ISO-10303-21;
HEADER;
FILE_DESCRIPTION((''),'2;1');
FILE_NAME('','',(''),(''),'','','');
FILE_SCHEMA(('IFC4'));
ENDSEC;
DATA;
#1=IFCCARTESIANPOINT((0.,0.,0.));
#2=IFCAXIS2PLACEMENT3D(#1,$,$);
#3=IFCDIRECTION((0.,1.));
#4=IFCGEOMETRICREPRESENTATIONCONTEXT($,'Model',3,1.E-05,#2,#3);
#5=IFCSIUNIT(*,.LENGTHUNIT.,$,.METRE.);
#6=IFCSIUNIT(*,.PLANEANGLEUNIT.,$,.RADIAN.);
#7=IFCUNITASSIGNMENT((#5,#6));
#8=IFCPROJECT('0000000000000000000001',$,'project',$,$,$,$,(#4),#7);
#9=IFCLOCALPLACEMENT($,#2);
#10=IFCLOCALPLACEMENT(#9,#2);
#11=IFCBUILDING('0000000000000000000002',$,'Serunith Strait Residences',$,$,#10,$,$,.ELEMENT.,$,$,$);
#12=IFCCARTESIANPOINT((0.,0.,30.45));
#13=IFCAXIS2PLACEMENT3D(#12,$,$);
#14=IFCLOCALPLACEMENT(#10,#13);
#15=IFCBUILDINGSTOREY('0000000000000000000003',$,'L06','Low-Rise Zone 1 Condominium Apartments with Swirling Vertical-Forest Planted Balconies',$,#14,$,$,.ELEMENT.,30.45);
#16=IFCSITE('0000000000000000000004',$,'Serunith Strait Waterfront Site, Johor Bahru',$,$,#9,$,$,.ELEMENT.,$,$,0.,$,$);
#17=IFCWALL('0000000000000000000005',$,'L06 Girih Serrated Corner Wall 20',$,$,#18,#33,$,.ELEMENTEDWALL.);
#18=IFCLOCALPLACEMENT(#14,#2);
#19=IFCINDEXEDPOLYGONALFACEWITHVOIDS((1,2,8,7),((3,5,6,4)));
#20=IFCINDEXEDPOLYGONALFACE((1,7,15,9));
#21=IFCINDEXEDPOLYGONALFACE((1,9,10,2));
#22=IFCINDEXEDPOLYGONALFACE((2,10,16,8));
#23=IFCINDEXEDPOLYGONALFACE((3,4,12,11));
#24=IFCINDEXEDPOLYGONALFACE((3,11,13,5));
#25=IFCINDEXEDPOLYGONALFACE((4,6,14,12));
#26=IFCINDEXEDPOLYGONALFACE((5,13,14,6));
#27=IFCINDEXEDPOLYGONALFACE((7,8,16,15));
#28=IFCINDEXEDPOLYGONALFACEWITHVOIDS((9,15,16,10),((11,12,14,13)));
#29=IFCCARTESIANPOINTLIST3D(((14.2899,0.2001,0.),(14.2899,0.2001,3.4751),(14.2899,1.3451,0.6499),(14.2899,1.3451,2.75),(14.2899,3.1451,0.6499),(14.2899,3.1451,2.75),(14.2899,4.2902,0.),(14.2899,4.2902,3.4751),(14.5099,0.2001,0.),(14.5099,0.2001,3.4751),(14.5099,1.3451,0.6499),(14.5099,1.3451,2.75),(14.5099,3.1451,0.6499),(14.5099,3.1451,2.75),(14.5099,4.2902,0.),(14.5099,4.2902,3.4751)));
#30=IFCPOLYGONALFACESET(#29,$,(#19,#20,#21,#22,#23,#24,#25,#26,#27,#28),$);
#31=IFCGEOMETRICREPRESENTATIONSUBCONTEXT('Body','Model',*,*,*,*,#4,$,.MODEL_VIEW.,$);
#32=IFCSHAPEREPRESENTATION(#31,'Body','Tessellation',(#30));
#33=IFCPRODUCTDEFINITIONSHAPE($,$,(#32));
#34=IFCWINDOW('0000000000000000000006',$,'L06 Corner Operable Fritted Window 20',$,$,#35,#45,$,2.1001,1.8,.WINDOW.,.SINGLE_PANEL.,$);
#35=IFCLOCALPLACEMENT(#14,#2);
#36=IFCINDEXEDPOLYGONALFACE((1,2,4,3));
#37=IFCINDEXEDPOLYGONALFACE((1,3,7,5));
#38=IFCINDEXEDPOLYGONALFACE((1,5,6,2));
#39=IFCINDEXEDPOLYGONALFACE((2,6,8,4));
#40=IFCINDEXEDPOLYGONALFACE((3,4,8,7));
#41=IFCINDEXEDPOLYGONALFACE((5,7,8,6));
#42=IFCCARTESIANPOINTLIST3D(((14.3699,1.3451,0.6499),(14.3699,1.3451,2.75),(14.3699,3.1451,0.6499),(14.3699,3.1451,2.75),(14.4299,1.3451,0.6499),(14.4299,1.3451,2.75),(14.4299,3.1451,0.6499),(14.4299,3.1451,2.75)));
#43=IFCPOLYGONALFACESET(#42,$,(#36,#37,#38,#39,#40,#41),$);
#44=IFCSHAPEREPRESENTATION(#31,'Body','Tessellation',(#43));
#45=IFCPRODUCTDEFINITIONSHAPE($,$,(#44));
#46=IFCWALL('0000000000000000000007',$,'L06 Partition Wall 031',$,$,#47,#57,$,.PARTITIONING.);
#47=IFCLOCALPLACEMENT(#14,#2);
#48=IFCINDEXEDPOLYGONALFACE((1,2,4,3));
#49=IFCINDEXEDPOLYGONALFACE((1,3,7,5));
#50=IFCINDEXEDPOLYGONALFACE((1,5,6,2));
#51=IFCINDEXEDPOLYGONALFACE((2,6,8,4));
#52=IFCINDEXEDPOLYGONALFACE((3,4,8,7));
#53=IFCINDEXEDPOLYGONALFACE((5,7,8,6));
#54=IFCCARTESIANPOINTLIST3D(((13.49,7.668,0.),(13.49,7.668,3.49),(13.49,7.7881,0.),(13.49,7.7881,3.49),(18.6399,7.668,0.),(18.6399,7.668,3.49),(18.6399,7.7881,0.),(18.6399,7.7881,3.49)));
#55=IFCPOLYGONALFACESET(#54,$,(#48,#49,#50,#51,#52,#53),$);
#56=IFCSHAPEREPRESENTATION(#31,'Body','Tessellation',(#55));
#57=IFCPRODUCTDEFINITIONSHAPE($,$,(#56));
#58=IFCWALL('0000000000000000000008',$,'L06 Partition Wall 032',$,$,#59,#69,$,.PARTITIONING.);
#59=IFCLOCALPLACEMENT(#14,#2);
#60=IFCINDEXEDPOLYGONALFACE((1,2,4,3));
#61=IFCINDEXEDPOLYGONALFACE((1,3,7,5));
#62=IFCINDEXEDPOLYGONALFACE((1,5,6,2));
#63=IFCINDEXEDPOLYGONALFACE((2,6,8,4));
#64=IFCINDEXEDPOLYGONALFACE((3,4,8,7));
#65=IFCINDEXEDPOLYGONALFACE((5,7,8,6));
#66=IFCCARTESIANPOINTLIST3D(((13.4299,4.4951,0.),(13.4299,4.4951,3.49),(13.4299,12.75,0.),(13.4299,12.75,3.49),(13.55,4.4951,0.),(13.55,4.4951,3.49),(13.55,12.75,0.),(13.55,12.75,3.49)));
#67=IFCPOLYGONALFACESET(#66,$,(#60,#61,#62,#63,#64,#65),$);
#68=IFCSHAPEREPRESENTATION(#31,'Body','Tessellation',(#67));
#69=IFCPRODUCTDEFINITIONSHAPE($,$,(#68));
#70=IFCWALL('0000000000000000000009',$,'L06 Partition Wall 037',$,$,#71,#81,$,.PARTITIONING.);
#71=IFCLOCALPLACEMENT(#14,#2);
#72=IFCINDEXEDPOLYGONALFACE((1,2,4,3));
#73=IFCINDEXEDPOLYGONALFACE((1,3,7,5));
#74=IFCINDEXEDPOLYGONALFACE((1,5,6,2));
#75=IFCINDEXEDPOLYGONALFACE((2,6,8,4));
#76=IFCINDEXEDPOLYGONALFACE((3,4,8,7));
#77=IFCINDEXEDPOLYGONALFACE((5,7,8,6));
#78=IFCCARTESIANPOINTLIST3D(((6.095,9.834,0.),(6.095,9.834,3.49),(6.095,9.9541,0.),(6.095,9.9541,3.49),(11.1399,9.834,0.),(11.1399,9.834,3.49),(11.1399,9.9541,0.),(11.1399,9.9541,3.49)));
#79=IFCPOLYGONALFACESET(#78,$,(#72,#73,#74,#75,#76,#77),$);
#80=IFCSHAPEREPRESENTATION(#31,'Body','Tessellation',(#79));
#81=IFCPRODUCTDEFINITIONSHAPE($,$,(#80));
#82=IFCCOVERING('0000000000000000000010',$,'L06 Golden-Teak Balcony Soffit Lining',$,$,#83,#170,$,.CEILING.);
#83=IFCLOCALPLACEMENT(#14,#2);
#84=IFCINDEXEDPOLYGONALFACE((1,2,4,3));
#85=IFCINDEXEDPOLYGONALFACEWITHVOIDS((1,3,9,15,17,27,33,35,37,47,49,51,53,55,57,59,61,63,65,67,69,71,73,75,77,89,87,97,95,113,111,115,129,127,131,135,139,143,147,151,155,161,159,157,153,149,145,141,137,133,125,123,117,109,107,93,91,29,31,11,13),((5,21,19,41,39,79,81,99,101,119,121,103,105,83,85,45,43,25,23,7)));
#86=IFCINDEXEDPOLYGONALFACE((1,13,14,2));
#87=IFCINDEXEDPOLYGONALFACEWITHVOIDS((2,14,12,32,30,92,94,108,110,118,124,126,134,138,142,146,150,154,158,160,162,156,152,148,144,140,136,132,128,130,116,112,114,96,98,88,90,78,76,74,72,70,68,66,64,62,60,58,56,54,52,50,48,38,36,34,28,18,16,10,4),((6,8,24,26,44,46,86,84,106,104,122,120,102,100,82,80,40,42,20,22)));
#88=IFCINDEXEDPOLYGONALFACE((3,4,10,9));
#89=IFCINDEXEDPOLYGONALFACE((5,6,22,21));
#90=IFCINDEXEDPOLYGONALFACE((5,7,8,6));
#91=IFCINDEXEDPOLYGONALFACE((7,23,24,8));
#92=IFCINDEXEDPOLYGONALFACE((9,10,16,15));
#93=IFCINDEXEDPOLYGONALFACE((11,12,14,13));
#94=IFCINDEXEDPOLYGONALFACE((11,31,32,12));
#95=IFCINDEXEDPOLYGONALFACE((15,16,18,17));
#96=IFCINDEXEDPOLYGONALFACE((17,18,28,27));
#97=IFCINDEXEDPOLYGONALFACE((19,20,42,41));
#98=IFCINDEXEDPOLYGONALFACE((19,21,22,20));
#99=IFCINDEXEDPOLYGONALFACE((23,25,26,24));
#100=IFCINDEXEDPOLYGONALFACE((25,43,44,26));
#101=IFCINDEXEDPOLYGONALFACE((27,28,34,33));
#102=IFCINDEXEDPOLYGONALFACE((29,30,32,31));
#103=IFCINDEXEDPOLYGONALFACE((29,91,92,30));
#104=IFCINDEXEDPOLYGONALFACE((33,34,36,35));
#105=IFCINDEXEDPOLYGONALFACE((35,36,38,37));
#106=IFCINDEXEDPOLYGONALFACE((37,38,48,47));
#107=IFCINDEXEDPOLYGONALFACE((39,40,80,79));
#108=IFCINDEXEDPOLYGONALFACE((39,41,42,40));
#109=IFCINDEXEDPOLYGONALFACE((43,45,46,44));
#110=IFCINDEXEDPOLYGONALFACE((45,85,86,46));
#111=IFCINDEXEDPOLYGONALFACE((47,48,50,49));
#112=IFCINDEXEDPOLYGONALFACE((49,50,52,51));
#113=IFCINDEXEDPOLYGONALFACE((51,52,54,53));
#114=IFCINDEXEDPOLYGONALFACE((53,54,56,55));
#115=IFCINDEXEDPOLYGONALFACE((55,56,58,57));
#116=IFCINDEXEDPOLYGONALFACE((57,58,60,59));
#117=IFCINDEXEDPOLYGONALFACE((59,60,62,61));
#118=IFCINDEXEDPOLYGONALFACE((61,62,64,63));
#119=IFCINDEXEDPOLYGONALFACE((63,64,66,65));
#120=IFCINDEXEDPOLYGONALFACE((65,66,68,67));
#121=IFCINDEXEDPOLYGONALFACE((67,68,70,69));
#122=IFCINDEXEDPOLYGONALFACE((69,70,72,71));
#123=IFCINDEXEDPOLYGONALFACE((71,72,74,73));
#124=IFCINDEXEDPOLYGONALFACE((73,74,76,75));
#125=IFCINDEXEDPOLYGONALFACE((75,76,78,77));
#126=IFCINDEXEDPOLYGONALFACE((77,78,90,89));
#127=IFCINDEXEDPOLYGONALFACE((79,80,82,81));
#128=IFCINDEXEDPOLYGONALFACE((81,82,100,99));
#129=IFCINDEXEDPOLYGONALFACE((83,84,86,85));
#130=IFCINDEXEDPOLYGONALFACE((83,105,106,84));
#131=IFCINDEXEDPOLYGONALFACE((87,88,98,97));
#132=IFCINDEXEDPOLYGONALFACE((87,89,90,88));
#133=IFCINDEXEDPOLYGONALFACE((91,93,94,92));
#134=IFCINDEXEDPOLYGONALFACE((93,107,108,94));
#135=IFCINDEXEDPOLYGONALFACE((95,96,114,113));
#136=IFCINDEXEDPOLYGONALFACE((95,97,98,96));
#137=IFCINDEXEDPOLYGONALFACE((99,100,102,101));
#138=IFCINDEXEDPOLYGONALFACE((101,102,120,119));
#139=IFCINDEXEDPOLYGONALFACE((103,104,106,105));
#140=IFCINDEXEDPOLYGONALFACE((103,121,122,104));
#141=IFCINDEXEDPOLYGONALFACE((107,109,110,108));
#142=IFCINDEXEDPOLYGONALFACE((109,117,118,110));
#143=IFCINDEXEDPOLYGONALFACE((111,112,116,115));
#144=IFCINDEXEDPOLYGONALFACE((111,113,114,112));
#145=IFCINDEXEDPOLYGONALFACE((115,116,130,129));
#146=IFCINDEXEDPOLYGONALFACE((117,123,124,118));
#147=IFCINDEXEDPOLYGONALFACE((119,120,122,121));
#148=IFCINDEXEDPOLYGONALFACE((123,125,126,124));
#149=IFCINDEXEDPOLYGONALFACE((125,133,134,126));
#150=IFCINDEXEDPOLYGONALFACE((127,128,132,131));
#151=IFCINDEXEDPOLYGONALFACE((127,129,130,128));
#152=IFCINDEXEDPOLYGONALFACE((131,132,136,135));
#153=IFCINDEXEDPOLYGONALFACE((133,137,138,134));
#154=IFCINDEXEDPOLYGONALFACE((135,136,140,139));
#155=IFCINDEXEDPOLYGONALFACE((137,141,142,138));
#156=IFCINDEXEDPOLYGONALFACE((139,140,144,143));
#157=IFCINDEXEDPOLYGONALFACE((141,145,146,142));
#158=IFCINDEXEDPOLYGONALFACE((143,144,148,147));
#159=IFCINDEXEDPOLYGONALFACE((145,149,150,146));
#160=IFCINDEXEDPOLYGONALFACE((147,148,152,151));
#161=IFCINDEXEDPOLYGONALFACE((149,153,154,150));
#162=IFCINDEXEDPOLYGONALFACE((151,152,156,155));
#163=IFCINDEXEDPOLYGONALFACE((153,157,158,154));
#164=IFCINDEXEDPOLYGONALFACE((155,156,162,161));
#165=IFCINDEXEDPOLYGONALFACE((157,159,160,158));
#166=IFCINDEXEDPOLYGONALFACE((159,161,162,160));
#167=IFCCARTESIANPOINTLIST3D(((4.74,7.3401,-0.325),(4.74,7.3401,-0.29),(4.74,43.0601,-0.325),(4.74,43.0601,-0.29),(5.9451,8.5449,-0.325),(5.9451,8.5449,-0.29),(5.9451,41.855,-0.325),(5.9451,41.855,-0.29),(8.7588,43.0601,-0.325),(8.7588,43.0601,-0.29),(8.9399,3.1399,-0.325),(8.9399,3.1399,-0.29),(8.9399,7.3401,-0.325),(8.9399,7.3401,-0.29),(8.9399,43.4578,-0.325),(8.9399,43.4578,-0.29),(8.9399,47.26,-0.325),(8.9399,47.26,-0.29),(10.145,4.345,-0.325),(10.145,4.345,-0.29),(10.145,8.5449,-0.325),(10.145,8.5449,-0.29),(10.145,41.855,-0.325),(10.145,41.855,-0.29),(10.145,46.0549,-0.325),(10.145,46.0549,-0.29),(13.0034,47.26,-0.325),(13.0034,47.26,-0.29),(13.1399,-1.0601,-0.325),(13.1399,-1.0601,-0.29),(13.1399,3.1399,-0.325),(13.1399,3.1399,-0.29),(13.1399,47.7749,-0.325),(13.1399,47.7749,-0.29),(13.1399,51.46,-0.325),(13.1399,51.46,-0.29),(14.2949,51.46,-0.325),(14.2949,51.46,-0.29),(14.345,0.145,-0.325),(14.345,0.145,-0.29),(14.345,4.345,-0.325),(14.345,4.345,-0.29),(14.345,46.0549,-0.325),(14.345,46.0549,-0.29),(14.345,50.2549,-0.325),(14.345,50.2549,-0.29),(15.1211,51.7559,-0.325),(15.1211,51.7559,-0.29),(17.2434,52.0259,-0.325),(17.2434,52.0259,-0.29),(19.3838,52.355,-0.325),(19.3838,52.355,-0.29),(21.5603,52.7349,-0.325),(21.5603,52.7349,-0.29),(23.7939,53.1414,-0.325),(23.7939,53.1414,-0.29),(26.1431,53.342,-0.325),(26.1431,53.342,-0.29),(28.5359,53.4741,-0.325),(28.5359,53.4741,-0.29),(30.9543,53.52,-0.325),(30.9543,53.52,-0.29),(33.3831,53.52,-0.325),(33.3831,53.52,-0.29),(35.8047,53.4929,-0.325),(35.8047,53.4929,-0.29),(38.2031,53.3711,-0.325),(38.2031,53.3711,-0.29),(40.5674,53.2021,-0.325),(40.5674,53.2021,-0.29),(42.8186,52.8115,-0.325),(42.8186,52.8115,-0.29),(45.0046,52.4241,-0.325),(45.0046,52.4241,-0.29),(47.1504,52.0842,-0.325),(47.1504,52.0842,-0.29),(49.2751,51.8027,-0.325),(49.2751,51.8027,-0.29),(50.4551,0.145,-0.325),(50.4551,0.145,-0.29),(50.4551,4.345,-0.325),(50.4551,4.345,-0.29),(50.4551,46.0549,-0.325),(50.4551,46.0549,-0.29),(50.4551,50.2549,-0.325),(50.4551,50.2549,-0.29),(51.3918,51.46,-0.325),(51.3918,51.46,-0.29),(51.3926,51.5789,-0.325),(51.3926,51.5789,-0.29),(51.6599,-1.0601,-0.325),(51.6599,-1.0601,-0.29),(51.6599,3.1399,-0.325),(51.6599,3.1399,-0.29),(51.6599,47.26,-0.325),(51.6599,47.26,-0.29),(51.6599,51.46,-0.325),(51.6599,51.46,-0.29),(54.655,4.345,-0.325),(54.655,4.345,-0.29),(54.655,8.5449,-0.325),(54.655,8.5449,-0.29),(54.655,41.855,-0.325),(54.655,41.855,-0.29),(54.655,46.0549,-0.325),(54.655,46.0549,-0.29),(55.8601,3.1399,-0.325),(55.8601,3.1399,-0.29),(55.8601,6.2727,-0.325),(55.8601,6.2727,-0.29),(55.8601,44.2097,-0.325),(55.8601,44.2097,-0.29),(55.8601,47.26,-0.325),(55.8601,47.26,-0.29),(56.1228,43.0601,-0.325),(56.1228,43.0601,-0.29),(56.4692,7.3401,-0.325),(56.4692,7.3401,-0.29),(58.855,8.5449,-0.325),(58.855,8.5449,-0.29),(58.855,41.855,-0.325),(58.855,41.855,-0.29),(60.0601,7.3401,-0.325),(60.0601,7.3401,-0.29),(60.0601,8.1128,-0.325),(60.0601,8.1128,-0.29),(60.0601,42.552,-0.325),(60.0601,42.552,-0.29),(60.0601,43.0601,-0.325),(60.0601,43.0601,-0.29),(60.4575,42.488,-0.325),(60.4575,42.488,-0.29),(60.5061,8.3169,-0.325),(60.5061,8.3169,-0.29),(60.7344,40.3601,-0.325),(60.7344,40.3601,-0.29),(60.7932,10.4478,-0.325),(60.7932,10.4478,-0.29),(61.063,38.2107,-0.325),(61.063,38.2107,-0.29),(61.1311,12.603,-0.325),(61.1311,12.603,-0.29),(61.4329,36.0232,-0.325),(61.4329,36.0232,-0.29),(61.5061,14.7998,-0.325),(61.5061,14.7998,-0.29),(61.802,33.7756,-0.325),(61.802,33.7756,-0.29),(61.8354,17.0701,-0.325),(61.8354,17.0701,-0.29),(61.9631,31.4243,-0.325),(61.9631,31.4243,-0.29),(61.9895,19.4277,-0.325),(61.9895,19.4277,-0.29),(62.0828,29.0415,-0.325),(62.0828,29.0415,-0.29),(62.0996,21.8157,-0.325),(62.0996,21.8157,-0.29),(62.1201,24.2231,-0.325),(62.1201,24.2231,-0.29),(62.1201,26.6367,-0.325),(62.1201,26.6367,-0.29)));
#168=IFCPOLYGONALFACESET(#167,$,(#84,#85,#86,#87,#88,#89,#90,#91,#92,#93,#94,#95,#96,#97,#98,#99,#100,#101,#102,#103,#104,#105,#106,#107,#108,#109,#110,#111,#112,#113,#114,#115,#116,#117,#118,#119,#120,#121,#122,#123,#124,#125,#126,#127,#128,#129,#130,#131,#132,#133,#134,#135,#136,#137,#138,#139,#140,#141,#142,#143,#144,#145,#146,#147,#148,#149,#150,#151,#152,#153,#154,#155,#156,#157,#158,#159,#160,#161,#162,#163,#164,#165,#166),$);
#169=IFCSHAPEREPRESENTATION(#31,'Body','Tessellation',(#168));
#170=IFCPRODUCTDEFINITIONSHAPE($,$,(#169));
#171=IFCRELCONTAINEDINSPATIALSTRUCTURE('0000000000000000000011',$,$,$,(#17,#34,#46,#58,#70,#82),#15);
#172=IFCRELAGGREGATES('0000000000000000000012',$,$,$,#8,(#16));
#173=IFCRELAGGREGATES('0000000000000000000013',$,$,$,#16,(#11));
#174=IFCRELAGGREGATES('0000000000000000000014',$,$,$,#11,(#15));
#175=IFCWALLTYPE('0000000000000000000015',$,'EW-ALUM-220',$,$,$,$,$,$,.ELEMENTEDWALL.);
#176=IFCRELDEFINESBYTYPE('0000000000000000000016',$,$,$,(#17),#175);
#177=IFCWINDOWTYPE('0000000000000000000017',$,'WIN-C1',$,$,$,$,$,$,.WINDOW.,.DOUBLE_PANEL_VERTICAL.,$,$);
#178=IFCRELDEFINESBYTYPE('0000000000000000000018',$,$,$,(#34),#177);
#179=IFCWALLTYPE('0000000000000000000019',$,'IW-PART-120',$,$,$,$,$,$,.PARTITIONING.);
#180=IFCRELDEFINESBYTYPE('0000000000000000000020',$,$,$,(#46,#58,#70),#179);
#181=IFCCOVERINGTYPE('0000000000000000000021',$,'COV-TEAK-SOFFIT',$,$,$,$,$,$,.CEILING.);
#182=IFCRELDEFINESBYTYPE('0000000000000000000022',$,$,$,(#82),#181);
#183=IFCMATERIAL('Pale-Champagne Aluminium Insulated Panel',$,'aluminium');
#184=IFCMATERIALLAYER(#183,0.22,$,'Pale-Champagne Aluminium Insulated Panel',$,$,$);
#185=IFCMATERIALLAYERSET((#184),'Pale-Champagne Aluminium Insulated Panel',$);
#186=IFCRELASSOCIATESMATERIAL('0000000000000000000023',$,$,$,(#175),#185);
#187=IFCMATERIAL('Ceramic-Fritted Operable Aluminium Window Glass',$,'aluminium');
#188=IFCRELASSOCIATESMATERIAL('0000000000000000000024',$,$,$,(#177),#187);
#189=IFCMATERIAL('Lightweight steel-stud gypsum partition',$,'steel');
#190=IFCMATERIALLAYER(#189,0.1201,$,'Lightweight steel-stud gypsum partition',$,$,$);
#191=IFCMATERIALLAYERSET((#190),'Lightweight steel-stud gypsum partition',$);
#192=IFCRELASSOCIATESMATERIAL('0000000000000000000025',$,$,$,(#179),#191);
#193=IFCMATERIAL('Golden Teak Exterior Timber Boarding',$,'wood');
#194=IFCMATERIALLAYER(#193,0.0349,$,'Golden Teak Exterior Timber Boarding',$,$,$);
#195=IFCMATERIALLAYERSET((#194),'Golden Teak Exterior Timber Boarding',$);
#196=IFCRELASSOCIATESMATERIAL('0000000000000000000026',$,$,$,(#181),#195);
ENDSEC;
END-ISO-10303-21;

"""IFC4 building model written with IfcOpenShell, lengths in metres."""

from ifc_helpers import new_model, si_unit, direction, frame, frame_2d, origin, place, context, subcontext, project, spatial, polyline, rectangle, outline, extrude, source, transform, mapped, material, layer, layer_set, type_object, element, fill, save


model = new_model("IFC4")

# Units and contexts
model_context = context("Model", 3, precision=1e-05, world=origin(), true_north=direction((0.0, 1.0)))
body_context = subcontext(model_context, "Body", "Model", "MODEL_VIEW")
ifc_project = project(units=[si_unit("LENGTHUNIT", "METRE"), si_unit("PLANEANGLEUNIT", "RADIAN")], contexts=[model_context])

# Site, building, storey
site_placement = place(None, origin())
site = spatial("IfcSite", under=ifc_project, at=site_placement, Name="Serunith Strait Waterfront Site, Johor Bahru", CompositionType="ELEMENT", RefElevation=0.0)
building_placement = place(site_placement, origin())
building = spatial("IfcBuilding", under=site, at=building_placement, Name="Serunith Strait Residences", CompositionType="ELEMENT")
storey_placement = place(building_placement, frame((0.0, 0.0, 30.45)))
storey = spatial("IfcBuildingStorey", under=building, at=storey_placement, Name="L06", Description="Low-Rise Zone 1 Condominium Apartments with Swirling Vertical-Forest Planted Balconies", CompositionType="ELEMENT", Elevation=30.45)

# Wall, opening, window
ifc_material_1 = material(Name="Pale-Champagne Aluminium Insulated Panel", Category="aluminium")
ifc_layer_1 = layer(ifc_material_1, 0.22, Name="Pale-Champagne Aluminium Insulated Panel")
ifc_layer_set_1 = layer_set([ifc_layer_1], Name="Pale-Champagne Aluminium Insulated Panel")
wall_type_1 = type_object("IfcWallType", Name="EW-ALUM-220", PredefinedType="ELEMENTEDWALL", material=ifc_layer_set_1)
ifc_material_2 = material(Name="Ceramic-Fritted Operable Aluminium Window Glass", Category="aluminium")
window_type = type_object("IfcWindowType", Name="WIN-C1", PartitioningType="DOUBLE_PANEL_VERTICAL", PredefinedType="WINDOW", material=ifc_material_2)
shared_shape_1 = source(origin(), body_context, "Body", "SweptSolid", [
    extrude(rectangle(XDim=1.8, YDim=2.1001, at=frame_2d((0.8999, 1.05))), frame((0.0, 0.03, 0.0), z_axis=(0.0, -1.0, 0.0), x_axis=(1.0, 0.0, 0.0)), (0.0, 0.0, 1.0), 0.0601),
])
wall_1_placement = place(storey_placement, frame((14.3999, 4.29, 0.0), z_axis=(0.0, 0.0, 1.0), x_axis=(0.0, -1.0, 0.0)))
wall_1 = element("IfcWall", 1, at=wall_1_placement, inside=storey, type_object=wall_type_1, Name="L06 Girih Serrated Corner Wall 20", PredefinedType="ELEMENTEDWALL", context=body_context, shape_type="SweptSolid", body=[
    extrude(rectangle(XDim=4.0901, YDim=0.22, at=frame_2d((2.0449, 0.0))), origin(), (0.0, 0.0, 1.0), 3.4751),
])
opening_1_placement = place(wall_1_placement, frame((1.145, 0.0, 0.6499)))
opening_1 = element("IfcOpeningElement", 2, at=opening_1_placement, cuts=wall_1, PredefinedType="OPENING", context=body_context, shape_type="SweptSolid", body=[
    extrude(rectangle(XDim=1.8, YDim=2.1001, at=frame_2d((0.8999, 1.05))), frame((0.0, 0.1201, 0.0), z_axis=(0.0, -1.0, 0.0), x_axis=(1.0, 0.0, 0.0)), (0.0, 0.0, 1.0), 0.24),
])
window_1_placement = place(opening_1_placement, origin())
window_1 = element("IfcWindow", 3, at=window_1_placement, inside=storey, type_object=window_type, Name="L06 Corner Operable Fritted Window 20", OverallHeight=2.1001, OverallWidth=1.8, PartitioningType="SINGLE_PANEL", PredefinedType="WINDOW", context=body_context, shape_type="MappedRepresentation", body=[
    mapped(shared_shape_1, transform((0.0, 0.0, 0.0), scale=1.0)),
])
fill(opening_1, window_1)

# Walls
ifc_material_3 = material(Name="Lightweight steel-stud gypsum partition", Category="steel")
ifc_layer_2 = layer(ifc_material_3, 0.1201, Name="Lightweight steel-stud gypsum partition")
ifc_layer_set_2 = layer_set([ifc_layer_2], Name="Lightweight steel-stud gypsum partition")
wall_type_2 = type_object("IfcWallType", Name="IW-PART-120", PredefinedType="PARTITIONING", material=ifc_layer_set_2)
wall_2_placement = place(storey_placement, frame((13.49, 7.728, 0.0), z_axis=(0.0, 0.0, 1.0), x_axis=(1.0, 0.0, 0.0)))
element("IfcWall", 4, at=wall_2_placement, inside=storey, type_object=wall_type_2, Name="L06 Partition Wall 031", PredefinedType="PARTITIONING", context=body_context, shape_type="SweptSolid", body=[
    extrude(rectangle(XDim=5.1499, YDim=0.1201, at=frame_2d((2.575, 0.0))), origin(), (0.0, 0.0, 1.0), 3.49),
])
wall_3_placement = place(storey_placement, frame((13.49, 4.4951, 0.0), z_axis=(0.0, 0.0, 1.0), x_axis=(0.0, 1.0, 0.0)))
element("IfcWall", 5, at=wall_3_placement, inside=storey, type_object=wall_type_2, Name="L06 Partition Wall 032", PredefinedType="PARTITIONING", context=body_context, shape_type="SweptSolid", body=[
    extrude(rectangle(XDim=8.2549, YDim=0.1201, at=frame_2d((4.1274, 0.0))), origin(), (0.0, 0.0, 1.0), 3.49),
])
wall_4_placement = place(storey_placement, frame((6.095, 9.894, 0.0), z_axis=(0.0, 0.0, 1.0), x_axis=(1.0, 0.0, 0.0)))
element("IfcWall", 6, at=wall_4_placement, inside=storey, type_object=wall_type_2, Name="L06 Partition Wall 037", PredefinedType="PARTITIONING", context=body_context, shape_type="SweptSolid", body=[
    extrude(rectangle(XDim=5.0449, YDim=0.1201, at=frame_2d((2.5225, 0.0))), origin(), (0.0, 0.0, 1.0), 3.49),
])

# Covering
ifc_material_4 = material(Name="Golden Teak Exterior Timber Boarding", Category="wood")
ifc_layer_3 = layer(ifc_material_4, 0.0349, Name="Golden Teak Exterior Timber Boarding")
ifc_layer_set_3 = layer_set([ifc_layer_3], Name="Golden Teak Exterior Timber Boarding")
covering_type_1 = type_object("IfcCoveringType", Name="COV-TEAK-SOFFIT", PredefinedType="CEILING", material=ifc_layer_set_3)
covering_placement = place(storey_placement, frame((0.0, 0.0, -0.325)))
element("IfcCovering", 7, at=covering_placement, inside=storey, type_object=covering_type_1, Name="L06 Golden-Teak Balcony Soffit Lining", PredefinedType="CEILING", context=body_context, shape_type="SweptSolid", body=[
    extrude(outline(polyline([(13.0034, 47.26), (13.1399, 47.7749), (13.1399, 51.46), (14.2949, 51.46), (15.1211, 51.7559), (17.2434, 52.0259), (19.3838, 52.355), (21.5603, 52.7349), (23.7939, 53.1414), (26.1431, 53.342), (28.5359, 53.4741), (30.9543, 53.52), (33.3831, 53.52), (35.8047, 53.4929), (38.2031, 53.3711), (40.5674, 53.2021), (42.8186, 52.8115), (45.0046, 52.4241), (47.1504, 52.0842), (49.2751, 51.8027), (51.3926, 51.5789), (51.3918, 51.46), (51.6599, 51.46), (51.6599, 47.26), (55.8601, 47.26), (55.8601, 44.2097), (56.1228, 43.0601), (60.0601, 43.0601), (60.0601, 42.552), (60.4575, 42.488), (60.7344, 40.3601), (61.063, 38.2107), (61.4329, 36.0232), (61.802, 33.7756), (61.9631, 31.4243), (62.0828, 29.0415), (62.1201, 26.6367), (62.1201, 24.2231), (62.0996, 21.8157), (61.9895, 19.4277), (61.8354, 17.0701), (61.5061, 14.7998), (61.1311, 12.603), (60.7932, 10.4478), (60.5061, 8.3169), (60.0601, 8.1128), (60.0601, 7.3401), (56.4692, 7.3401), (55.8601, 6.2727), (55.8601, 3.1399), (51.6599, 3.1399), (51.6599, -1.0601), (13.1399, -1.0601), (13.1399, 3.1399), (8.9399, 3.1399), (8.9399, 7.3401), (4.74, 7.3401), (4.74, 43.0601), (8.7588, 43.0601), (8.9399, 43.4578), (8.9399, 47.26), (13.0034, 47.26)]), holes=[polyline([(50.4551, 0.145), (50.4551, 4.345), (54.655, 4.345), (54.655, 8.5449), (58.855, 8.5449), (58.855, 41.855), (54.655, 41.855), (54.655, 46.0549), (50.4551, 46.0549), (50.4551, 50.2549), (14.345, 50.2549), (14.345, 46.0549), (10.145, 46.0549), (10.145, 41.855), (5.9451, 41.855), (5.9451, 8.5449), (10.145, 8.5449), (10.145, 4.345), (14.345, 4.345), (14.345, 0.145), (50.4551, 0.145)])]), origin(), (0.0, 0.0, 1.0), 0.0349),
])

save(model, "model.ifc")
